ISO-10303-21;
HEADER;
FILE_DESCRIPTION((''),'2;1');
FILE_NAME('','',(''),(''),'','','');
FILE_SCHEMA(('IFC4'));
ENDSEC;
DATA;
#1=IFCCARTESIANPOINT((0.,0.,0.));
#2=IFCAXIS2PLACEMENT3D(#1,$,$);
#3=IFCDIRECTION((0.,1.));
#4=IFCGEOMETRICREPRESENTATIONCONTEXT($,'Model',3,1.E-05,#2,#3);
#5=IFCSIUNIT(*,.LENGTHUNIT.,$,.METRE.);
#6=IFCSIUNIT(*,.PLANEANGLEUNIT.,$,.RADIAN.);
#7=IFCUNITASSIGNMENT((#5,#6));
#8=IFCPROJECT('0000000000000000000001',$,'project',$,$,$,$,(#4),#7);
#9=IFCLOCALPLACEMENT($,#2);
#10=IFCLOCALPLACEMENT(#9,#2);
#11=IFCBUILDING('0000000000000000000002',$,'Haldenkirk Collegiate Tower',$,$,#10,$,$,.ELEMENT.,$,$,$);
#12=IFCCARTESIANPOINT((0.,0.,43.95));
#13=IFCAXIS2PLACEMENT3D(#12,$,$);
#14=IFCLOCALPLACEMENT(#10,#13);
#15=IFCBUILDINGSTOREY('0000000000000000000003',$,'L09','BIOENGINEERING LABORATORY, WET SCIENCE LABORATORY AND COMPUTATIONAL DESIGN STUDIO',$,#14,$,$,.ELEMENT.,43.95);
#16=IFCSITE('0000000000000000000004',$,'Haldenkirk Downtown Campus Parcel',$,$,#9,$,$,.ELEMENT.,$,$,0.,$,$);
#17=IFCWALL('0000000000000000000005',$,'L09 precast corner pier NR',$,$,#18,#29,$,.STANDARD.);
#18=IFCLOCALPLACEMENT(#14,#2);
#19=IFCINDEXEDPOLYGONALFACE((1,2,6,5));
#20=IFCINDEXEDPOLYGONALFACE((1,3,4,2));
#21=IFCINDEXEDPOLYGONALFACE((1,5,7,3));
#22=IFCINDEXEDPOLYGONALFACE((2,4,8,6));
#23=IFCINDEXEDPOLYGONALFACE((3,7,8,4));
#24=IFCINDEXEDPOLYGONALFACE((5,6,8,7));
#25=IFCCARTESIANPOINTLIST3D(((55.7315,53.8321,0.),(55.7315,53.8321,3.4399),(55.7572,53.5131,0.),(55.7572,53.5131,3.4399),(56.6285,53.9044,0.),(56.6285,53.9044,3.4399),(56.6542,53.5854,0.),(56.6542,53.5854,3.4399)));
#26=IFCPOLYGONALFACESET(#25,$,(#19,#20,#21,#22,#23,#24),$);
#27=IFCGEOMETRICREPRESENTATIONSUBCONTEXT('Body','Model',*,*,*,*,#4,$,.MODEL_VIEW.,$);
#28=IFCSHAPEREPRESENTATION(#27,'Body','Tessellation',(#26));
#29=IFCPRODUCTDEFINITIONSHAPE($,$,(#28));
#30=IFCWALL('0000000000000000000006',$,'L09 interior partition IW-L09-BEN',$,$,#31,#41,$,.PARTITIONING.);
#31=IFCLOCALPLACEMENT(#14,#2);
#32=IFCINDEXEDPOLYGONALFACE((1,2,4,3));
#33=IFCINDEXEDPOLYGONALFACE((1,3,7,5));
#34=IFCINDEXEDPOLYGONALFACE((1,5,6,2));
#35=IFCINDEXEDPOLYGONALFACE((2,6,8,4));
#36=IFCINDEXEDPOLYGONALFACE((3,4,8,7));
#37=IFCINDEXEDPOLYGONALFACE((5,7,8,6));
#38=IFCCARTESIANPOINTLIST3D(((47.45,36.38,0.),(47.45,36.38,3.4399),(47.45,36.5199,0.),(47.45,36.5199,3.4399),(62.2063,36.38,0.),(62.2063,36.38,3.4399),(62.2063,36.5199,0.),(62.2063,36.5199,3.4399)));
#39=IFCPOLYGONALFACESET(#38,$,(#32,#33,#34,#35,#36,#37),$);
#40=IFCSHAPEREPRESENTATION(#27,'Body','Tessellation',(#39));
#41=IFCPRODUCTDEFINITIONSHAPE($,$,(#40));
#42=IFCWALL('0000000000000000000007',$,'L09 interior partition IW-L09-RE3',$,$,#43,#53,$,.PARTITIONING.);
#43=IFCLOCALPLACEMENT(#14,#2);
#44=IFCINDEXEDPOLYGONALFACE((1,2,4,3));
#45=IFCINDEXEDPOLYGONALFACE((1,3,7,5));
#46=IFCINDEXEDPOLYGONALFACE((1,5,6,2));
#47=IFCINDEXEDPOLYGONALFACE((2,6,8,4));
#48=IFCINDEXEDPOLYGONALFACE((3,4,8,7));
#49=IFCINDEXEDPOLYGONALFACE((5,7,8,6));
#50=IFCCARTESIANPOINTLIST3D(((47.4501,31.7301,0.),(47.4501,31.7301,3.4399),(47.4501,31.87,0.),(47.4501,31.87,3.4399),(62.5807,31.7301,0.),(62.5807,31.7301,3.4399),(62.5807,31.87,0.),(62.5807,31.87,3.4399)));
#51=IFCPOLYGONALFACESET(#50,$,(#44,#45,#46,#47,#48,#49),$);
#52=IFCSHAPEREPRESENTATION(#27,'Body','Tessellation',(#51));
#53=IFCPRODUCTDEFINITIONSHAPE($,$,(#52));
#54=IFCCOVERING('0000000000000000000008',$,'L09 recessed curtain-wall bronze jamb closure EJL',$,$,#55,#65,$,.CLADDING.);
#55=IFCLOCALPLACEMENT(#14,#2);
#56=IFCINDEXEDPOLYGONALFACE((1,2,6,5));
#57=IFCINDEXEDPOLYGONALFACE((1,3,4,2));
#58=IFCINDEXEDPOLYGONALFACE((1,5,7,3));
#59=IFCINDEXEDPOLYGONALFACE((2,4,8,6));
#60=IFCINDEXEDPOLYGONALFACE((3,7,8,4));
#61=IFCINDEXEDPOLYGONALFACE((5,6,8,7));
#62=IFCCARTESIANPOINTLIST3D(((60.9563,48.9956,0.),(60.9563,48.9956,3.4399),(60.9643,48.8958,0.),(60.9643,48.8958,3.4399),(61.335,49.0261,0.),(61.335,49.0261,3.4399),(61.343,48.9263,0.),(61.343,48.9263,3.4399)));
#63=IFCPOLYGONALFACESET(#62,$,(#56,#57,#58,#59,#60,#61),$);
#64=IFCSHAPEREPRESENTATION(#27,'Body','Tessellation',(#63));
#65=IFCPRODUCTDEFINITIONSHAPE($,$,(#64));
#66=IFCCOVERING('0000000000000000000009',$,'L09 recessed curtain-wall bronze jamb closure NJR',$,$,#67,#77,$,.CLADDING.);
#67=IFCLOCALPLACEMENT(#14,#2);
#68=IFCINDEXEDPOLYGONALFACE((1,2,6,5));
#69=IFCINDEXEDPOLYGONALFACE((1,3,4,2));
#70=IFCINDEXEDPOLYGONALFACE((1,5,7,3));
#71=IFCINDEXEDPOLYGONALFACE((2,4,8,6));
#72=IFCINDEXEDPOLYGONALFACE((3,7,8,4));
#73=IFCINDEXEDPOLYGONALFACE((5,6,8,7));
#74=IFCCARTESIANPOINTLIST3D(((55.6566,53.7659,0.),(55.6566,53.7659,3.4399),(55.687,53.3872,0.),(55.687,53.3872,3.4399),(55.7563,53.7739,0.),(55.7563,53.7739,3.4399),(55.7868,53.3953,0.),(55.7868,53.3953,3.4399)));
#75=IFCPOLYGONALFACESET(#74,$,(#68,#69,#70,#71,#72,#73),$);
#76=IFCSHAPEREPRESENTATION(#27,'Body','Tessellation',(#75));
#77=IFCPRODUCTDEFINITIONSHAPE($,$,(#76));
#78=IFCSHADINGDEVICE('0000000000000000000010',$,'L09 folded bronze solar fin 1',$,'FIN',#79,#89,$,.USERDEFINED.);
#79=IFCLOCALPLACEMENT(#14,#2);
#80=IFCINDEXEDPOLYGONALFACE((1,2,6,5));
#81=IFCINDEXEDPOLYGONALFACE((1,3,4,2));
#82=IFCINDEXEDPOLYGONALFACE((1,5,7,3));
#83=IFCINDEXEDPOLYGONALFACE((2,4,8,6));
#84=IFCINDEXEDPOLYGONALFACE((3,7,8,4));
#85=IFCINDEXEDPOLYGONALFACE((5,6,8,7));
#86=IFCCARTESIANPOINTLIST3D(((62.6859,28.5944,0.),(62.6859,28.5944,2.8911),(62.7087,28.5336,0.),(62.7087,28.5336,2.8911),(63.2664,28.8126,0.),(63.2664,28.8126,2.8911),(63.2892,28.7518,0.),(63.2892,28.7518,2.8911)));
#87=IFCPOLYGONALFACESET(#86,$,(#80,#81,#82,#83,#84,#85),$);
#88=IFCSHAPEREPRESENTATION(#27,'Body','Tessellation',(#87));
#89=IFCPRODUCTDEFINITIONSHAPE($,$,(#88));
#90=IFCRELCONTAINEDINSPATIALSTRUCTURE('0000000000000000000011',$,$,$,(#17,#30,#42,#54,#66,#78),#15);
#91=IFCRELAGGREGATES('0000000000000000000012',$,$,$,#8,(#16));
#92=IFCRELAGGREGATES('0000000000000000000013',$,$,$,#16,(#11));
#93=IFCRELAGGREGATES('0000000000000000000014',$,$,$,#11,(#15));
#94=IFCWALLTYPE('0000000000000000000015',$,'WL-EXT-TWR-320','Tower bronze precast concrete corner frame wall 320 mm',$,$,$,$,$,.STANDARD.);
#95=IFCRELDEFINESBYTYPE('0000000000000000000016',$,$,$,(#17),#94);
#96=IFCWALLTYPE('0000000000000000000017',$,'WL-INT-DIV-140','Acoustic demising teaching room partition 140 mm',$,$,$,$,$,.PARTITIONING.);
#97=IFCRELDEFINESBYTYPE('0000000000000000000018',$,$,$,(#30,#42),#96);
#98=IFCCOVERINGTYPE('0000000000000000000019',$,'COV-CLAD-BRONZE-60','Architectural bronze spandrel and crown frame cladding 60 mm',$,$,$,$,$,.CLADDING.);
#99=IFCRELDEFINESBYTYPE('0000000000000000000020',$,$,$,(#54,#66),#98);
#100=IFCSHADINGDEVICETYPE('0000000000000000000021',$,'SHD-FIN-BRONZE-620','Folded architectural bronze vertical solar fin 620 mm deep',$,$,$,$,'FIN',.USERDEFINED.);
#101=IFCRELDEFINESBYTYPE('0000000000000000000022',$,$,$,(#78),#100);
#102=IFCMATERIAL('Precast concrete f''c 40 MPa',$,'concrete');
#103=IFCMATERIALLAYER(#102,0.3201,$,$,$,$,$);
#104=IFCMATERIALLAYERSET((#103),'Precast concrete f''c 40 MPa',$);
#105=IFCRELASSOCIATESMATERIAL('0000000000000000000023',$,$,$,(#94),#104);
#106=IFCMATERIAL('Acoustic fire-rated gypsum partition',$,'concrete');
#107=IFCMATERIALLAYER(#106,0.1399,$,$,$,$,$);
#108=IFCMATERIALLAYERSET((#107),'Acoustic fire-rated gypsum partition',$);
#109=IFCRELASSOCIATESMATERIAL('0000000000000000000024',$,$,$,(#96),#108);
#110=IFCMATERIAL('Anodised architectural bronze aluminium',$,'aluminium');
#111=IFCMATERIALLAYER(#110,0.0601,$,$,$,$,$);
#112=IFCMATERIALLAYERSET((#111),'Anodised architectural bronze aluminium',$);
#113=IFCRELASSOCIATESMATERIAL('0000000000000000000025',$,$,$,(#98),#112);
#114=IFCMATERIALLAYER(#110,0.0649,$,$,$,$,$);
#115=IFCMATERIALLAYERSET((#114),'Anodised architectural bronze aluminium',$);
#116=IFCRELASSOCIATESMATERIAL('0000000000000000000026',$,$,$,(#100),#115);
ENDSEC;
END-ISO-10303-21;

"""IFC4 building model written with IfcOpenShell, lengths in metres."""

from ifc_helpers import new_model, si_unit, direction, frame, frame_2d, origin, origin_2d, place, context, subcontext, project, spatial, rectangle, extrude, source, transform, mapped, material, layer, layer_set, type_object, element, save


model = new_model("IFC4")

# Units and contexts
model_context = context("Model", 3, precision=1e-05, world=origin(), true_north=direction((0.0, 1.0)))
body_context = subcontext(model_context, "Body", "Model", "MODEL_VIEW")
ifc_project = project(units=[si_unit("LENGTHUNIT", "METRE"), si_unit("PLANEANGLEUNIT", "RADIAN")], contexts=[model_context])

# Site, building, storey
site_placement = place(None, origin())
site = spatial("IfcSite", under=ifc_project, at=site_placement, Name="Haldenkirk Downtown Campus Parcel", CompositionType="ELEMENT", RefElevation=0.0)
building_placement = place(site_placement, origin())
building = spatial("IfcBuilding", under=site, at=building_placement, Name="Haldenkirk Collegiate Tower", CompositionType="ELEMENT")
storey_placement = place(building_placement, frame((0.0, 0.0, 43.95)))
storey = spatial("IfcBuildingStorey", under=building, at=storey_placement, Name="L09", Description="BIOENGINEERING LABORATORY, WET SCIENCE LABORATORY AND COMPUTATIONAL DESIGN STUDIO", CompositionType="ELEMENT", Elevation=43.95)

# Shared definitions
ifc_material_1 = material(Name="Anodised architectural bronze aluminium", Category="aluminium")

# Shared definitions
ifc_material_2 = material(Name="Precast concrete f'c 40 MPa", Category="concrete")
ifc_layer_1 = layer(ifc_material_2, 0.3201)
ifc_layer_set_1 = layer_set([ifc_layer_1], Name="Precast concrete f'c 40 MPa")
wall_type_1 = type_object("IfcWallType", Name="WL-EXT-TWR-320", Description="Tower bronze precast concrete corner frame wall 320 mm", PredefinedType="STANDARD", material=ifc_layer_set_1)

# Walls
wall_1_placement = place(storey_placement, frame((55.7444, 53.6726, 0.0), z_axis=(0.0, 0.0, 1.0), x_axis=(0.99677, 0.080306, 0.0)))
element("IfcWall", 1, at=wall_1_placement, inside=storey, type_object=wall_type_1, Name="L09 precast corner pier NR", PredefinedType="STANDARD", context=body_context, shape_type="SweptSolid", body=[
    extrude(rectangle(XDim=0.8999, YDim=0.3201, at=frame_2d((0.45, 0.0))), origin(), (0.0, 0.0, 1.0), 3.4399),
])
ifc_material_3 = material(Name="Acoustic fire-rated gypsum partition", Category="concrete")
ifc_layer_2 = layer(ifc_material_3, 0.1399)
ifc_layer_set_2 = layer_set([ifc_layer_2], Name="Acoustic fire-rated gypsum partition")
wall_type_2 = type_object("IfcWallType", Name="WL-INT-DIV-140", Description="Acoustic demising teaching room partition 140 mm", PredefinedType="PARTITIONING", material=ifc_layer_set_2)
wall_2_placement = place(storey_placement, frame((47.45, 36.45, 0.0), z_axis=(0.0, 0.0, 1.0), x_axis=(1.0, 0.0, 0.0)))
element("IfcWall", 2, at=wall_2_placement, inside=storey, type_object=wall_type_2, Name="L09 interior partition IW-L09-BEN", PredefinedType="PARTITIONING", context=body_context, shape_type="SweptSolid", body=[
    extrude(rectangle(XDim=14.7563, YDim=0.1399, at=frame_2d((7.3782, 0.0))), origin(), (0.0, 0.0, 1.0), 3.4399),
])
wall_3_placement = place(storey_placement, frame((47.45, 31.8, 0.0), z_axis=(0.0, 0.0, 1.0), x_axis=(1.0, 0.0, 0.0)))
element("IfcWall", 3, at=wall_3_placement, inside=storey, type_object=wall_type_2, Name="L09 interior partition IW-L09-RE3", PredefinedType="PARTITIONING", context=body_context, shape_type="SweptSolid", body=[
    extrude(rectangle(XDim=15.1306, YDim=0.1399, at=frame_2d((7.5654, 0.0))), origin(), (0.0, 0.0, 1.0), 3.4399),
])

# Coverings
ifc_layer_3 = layer(ifc_material_1, 0.0601)
ifc_layer_set_3 = layer_set([ifc_layer_3], Name="Anodised architectural bronze aluminium")
covering_type = type_object("IfcCoveringType", Name="COV-CLAD-BRONZE-60", Description="Architectural bronze spandrel and crown frame cladding 60 mm", PredefinedType="CLADDING", material=ifc_layer_set_3)
shared_shape_1 = source(origin(), body_context, "Body", "SweptSolid", [
    extrude(rectangle(XDim=0.1001, YDim=0.3799, at=origin_2d()), origin(), (0.0, 0.0, 1.0), 3.4399),
])
for number, where, z_axis, x_axis, name in (
    (4, (61.1497, 48.9609, 0.0), (0.0, 0.0, 1.0), (0.080199, -0.996779, 0.0), "L09 recessed curtain-wall bronze jamb closure EJL"),
    (5, (55.7217, 53.5806, 0.0), (0.0, 0.0, 1.0), (0.996779, 0.080199, 0.0), "L09 recessed curtain-wall bronze jamb closure NJR"),
):
    element("IfcCovering", number, at=place(storey_placement, frame(where, z_axis=z_axis, x_axis=x_axis)), inside=storey, type_object=covering_type, Name=name, PredefinedType="CLADDING", context=body_context, shape_type="MappedRepresentation", body=[
        mapped(shared_shape_1, transform((0.0, 0.0, 0.0), x_axis=(1.0, 0.0, 0.0), y_axis=(0.0, 1.0, 0.0), z_axis=(0.0, 0.0, 1.0), scale=1.0)),
    ])

# Shading device
ifc_layer_4 = layer(ifc_material_1, 0.0649)
ifc_layer_set_4 = layer_set([ifc_layer_4], Name="Anodised architectural bronze aluminium")
shading_device_type = type_object("IfcShadingDeviceType", Name="SHD-FIN-BRONZE-620", Description="Folded architectural bronze vertical solar fin 620 mm deep", ElementType="FIN", PredefinedType="USERDEFINED", material=ifc_layer_set_4)
shared_shape_2 = source(origin(), body_context, "Body", "SweptSolid", [
    extrude(rectangle(XDim=0.6201, YDim=0.0649, at=origin_2d()), origin(), (0.0, 0.0, 1.0), 2.8911),
])
shading_device_placement = place(storey_placement, frame((62.9875, 28.6731, 0.0), z_axis=(0.0, 0.0, 1.0), x_axis=(0.93606, 0.351842, 0.0)))
element("IfcShadingDevice", 6, at=shading_device_placement, inside=storey, type_object=shading_device_type, Name="L09 folded bronze solar fin 1", ObjectType="FIN", PredefinedType="USERDEFINED", context=body_context, shape_type="MappedRepresentation", body=[
    mapped(shared_shape_2, transform((0.0, 0.0, 0.0), x_axis=(1.0, 0.0, 0.0), y_axis=(0.0, 1.0, 0.0), z_axis=(0.0, 0.0, 1.0), scale=1.0)),
])

save(model, "model.ifc")
